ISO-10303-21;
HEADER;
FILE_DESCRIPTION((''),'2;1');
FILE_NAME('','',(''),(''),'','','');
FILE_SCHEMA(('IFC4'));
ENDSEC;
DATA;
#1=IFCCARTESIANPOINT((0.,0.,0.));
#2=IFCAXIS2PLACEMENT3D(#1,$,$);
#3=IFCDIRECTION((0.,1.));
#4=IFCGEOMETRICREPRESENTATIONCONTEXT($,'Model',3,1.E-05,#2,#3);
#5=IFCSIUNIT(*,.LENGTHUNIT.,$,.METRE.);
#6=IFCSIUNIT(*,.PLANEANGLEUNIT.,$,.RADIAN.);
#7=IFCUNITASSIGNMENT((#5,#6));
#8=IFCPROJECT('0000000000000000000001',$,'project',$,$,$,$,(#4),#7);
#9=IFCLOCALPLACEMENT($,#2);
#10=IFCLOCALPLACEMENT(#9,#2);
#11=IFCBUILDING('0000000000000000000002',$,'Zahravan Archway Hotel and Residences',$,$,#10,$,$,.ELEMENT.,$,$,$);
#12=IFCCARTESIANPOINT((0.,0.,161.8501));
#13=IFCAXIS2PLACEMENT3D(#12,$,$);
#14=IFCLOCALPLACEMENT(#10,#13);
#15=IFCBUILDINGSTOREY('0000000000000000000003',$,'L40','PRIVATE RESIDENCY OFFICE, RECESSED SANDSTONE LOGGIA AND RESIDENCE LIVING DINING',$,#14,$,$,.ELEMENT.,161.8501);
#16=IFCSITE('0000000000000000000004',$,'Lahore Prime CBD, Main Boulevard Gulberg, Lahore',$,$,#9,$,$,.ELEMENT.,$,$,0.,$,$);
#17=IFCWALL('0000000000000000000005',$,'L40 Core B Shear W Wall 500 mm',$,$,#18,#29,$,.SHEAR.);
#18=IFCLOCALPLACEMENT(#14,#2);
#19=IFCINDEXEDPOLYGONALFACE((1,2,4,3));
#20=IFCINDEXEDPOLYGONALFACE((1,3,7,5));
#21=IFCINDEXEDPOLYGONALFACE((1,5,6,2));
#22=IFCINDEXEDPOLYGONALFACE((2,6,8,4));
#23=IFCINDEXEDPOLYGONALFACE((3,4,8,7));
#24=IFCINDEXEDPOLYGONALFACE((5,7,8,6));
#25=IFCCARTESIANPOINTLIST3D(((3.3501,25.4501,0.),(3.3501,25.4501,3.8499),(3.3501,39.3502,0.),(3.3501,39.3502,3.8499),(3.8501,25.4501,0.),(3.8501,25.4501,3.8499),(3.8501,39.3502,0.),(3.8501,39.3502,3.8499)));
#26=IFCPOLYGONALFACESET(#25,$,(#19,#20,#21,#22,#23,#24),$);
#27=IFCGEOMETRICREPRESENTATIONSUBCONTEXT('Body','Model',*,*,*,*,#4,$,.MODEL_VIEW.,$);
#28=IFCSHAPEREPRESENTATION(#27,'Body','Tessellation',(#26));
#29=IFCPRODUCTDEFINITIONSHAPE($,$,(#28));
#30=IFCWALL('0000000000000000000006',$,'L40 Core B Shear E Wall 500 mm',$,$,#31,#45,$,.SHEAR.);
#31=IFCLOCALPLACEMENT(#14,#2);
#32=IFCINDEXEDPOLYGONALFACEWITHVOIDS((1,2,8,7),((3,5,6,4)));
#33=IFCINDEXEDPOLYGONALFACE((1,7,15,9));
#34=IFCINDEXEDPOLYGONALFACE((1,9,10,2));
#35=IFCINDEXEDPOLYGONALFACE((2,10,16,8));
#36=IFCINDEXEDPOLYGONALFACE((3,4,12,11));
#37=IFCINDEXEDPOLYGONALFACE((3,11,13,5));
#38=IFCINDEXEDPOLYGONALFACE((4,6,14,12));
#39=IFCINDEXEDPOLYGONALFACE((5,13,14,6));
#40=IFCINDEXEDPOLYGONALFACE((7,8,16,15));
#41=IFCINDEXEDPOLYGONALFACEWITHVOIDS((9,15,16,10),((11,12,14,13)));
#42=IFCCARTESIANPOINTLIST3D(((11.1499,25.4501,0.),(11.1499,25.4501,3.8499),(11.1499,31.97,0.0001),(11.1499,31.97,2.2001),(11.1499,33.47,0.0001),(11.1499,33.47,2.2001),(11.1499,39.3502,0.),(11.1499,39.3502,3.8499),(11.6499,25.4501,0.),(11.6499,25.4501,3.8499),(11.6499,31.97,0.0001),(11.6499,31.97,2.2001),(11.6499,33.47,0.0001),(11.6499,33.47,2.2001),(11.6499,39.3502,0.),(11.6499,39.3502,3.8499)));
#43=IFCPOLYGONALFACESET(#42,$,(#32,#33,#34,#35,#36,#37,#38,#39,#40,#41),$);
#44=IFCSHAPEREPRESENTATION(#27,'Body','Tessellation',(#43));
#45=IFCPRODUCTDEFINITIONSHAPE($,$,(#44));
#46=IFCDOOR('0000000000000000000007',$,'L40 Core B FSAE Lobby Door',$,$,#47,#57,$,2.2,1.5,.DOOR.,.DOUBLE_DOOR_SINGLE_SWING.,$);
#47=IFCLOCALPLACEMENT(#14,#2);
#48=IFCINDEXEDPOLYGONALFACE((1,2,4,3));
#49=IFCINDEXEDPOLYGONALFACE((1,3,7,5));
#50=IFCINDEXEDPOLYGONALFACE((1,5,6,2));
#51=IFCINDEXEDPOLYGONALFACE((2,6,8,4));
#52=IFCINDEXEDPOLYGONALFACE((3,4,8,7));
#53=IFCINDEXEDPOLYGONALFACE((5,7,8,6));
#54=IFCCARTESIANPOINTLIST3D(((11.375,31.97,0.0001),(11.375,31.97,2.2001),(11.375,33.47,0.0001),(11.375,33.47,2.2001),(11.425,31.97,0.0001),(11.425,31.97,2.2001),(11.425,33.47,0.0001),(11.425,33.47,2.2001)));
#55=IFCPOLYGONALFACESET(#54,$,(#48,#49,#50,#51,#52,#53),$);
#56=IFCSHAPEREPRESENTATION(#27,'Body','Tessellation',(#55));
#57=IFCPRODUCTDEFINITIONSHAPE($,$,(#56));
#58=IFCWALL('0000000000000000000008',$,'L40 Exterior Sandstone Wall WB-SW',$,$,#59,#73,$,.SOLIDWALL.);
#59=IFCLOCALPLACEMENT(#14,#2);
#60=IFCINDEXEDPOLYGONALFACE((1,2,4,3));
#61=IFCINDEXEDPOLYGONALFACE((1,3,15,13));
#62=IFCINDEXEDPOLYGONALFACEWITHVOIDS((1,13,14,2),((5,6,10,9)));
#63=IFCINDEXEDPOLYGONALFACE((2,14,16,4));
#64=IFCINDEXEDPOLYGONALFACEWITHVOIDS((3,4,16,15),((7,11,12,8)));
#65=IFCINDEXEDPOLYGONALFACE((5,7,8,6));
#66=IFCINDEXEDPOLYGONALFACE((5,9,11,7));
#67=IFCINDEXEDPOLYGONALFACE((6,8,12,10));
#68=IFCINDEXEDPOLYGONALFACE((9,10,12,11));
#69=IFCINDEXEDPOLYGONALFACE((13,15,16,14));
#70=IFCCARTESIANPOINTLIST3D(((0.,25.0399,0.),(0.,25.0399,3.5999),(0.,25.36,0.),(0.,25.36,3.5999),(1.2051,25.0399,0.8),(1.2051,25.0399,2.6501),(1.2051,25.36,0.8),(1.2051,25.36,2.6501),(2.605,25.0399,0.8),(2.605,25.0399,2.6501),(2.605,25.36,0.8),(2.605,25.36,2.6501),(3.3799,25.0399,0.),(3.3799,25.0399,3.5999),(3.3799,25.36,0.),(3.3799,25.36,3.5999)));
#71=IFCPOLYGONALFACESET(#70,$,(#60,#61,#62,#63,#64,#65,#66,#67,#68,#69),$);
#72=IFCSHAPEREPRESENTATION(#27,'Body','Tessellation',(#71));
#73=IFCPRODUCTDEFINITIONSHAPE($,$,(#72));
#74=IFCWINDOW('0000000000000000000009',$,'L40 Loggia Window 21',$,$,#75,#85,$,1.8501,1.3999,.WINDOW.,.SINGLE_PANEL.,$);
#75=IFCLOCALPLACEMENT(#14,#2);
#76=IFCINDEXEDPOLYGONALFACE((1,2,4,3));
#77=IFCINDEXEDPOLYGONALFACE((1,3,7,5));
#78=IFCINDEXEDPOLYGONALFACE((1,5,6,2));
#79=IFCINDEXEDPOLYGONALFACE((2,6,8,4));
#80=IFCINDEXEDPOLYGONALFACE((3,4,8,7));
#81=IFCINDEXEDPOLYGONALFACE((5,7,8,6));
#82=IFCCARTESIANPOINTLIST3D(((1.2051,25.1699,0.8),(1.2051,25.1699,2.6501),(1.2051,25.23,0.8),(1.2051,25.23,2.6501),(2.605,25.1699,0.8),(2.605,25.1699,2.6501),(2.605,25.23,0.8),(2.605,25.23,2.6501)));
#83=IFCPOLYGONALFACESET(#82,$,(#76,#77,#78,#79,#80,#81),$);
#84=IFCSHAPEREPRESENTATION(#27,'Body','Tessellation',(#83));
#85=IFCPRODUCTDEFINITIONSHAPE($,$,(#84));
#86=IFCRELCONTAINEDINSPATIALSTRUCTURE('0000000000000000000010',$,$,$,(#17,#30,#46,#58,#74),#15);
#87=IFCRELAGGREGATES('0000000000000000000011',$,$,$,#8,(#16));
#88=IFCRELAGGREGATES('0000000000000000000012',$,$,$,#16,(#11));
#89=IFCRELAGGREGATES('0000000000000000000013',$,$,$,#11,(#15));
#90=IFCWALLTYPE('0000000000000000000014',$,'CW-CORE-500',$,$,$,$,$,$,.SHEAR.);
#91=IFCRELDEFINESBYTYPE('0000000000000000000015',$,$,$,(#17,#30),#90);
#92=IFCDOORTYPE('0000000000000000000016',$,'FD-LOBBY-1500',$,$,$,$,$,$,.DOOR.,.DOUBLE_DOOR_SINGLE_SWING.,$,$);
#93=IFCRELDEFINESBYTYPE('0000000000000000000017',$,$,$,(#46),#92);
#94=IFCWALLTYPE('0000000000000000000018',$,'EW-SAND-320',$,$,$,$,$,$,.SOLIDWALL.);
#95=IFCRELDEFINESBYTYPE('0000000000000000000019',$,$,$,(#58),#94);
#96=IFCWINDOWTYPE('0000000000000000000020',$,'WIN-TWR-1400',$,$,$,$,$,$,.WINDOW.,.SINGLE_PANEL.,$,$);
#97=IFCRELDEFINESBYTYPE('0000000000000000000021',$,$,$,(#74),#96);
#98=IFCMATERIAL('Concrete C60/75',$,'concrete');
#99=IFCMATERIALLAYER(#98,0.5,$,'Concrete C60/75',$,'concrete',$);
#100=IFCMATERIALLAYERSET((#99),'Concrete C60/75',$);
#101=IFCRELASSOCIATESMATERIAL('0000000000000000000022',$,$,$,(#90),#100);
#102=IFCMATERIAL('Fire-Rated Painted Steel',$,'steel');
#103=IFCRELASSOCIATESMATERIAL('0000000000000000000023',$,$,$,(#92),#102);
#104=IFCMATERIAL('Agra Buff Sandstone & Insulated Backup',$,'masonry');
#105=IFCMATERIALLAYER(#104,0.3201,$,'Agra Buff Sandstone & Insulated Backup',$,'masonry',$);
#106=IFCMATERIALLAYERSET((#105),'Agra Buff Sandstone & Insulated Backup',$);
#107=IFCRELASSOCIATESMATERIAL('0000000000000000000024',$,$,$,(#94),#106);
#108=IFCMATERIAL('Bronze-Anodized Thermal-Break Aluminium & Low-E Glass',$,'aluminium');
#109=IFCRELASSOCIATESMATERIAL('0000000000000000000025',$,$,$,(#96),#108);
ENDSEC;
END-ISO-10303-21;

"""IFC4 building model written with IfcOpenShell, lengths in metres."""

from ifc_helpers import new_model, si_unit, direction, frame, frame_2d, origin, place, context, subcontext, project, spatial, rectangle, extrude, source, transform, mapped, material, layer, layer_set, type_object, type_shapes, element, fill, save


model = new_model("IFC4")

# Units and contexts
model_context = context("Model", 3, precision=1e-05, world=origin(), true_north=direction((0.0, 1.0)))
body_context = subcontext(model_context, "Body", "Model", "MODEL_VIEW")
ifc_project = project(units=[si_unit("LENGTHUNIT", "METRE"), si_unit("PLANEANGLEUNIT", "RADIAN")], contexts=[model_context])

# Site, building, storey
site_placement = place(None, origin())
site = spatial("IfcSite", under=ifc_project, at=site_placement, Name="Lahore Prime CBD, Main Boulevard Gulberg, Lahore", CompositionType="ELEMENT", RefElevation=0.0)
building_placement = place(site_placement, origin())
building = spatial("IfcBuilding", under=site, at=building_placement, Name="Zahravan Archway Hotel and Residences", CompositionType="ELEMENT")
storey_placement = place(building_placement, frame((0.0, 0.0, 161.8501)))
storey = spatial("IfcBuildingStorey", under=building, at=storey_placement, Name="L40", Description="PRIVATE RESIDENCY OFFICE, RECESSED SANDSTONE LOGGIA AND RESIDENCE LIVING DINING", CompositionType="ELEMENT", Elevation=161.8501)

# Shared definitions
ifc_material_1 = material(Name="Concrete C60/75", Category="concrete")

# Wall
ifc_layer_1 = layer(ifc_material_1, 0.5, Name="Concrete C60/75", Category="concrete")
ifc_layer_set_1 = layer_set([ifc_layer_1], Name="Concrete C60/75")
wall_type_1 = type_object("IfcWallType", Name="CW-CORE-500", PredefinedType="SHEAR", material=ifc_layer_set_1)
wall_1_placement = place(storey_placement, frame((3.6001, 25.45, 0.0), z_axis=(0.0, 0.0, 1.0), x_axis=(0.0, 1.0, 0.0)))
element("IfcWall", 1, at=wall_1_placement, inside=storey, type_object=wall_type_1, Name="L40 Core B Shear W Wall 500 mm", PredefinedType="SHEAR", context=body_context, shape_type="SweptSolid", body=[
    extrude(rectangle(XDim=13.9001, YDim=0.5, at=frame_2d((6.9502, 0.0))), origin(), (0.0, 0.0, 1.0), 3.8499),
])

# Wall, opening, door
wall_2_placement = place(storey_placement, frame((11.3999, 25.45, 0.0), z_axis=(0.0, 0.0, 1.0), x_axis=(0.0, 1.0, 0.0)))
wall_2 = element("IfcWall", 2, at=wall_2_placement, inside=storey, type_object=wall_type_1, Name="L40 Core B Shear E Wall 500 mm", PredefinedType="SHEAR", context=body_context, shape_type="SweptSolid", body=[
    extrude(rectangle(XDim=13.9001, YDim=0.5, at=frame_2d((6.9502, 0.0))), origin(), (0.0, 0.0, 1.0), 3.8499),
])
opening_1_placement = place(wall_2_placement, frame((6.52, 0.0, 0.0)))
opening_1 = element("IfcOpeningElement", 3, at=opening_1_placement, cuts=wall_2, PredefinedType="OPENING", context=body_context, shape_type="SweptSolid", body=[
    extrude(rectangle(XDim=1.5, YDim=2.2, at=frame_2d((0.75, 1.1001))), frame((0.0, 0.26, 0.0), z_axis=(0.0, -1.0, 0.0), x_axis=(1.0, 0.0, 0.0)), (0.0, 0.0, 1.0), 0.52),
])
ifc_material_2 = material(Name="Fire-Rated Painted Steel", Category="steel")
door_type_1 = type_object("IfcDoorType", Name="FD-LOBBY-1500", OperationType="DOUBLE_DOOR_SINGLE_SWING", PredefinedType="DOOR", material=ifc_material_2)
shared_shape_1 = source(origin(), body_context, "Body", "SweptSolid", [
    extrude(rectangle(XDim=1.5, YDim=2.2, at=frame_2d((0.75, 1.1001))), frame((0.0, 0.0249, 0.0), z_axis=(0.0, -1.0, 0.0), x_axis=(1.0, 0.0, 0.0)), (0.0, 0.0, 1.0), 0.05),
])
type_shapes(door_type_1, [shared_shape_1])
door_1_placement = place(opening_1_placement, origin())
door_1 = element("IfcDoor", 4, at=door_1_placement, inside=storey, type_object=door_type_1, Name="L40 Core B FSAE Lobby Door", OperationType="DOUBLE_DOOR_SINGLE_SWING", OverallHeight=2.2, OverallWidth=1.5, PredefinedType="DOOR", context=body_context, shape_type="MappedRepresentation", body=[
    mapped(shared_shape_1, transform((0.0, 0.0, 0.0), scale=1.0)),
])
fill(opening_1, door_1)

# Wall, opening, window
ifc_material_3 = material(Name="Agra Buff Sandstone & Insulated Backup", Category="masonry")
ifc_layer_2 = layer(ifc_material_3, 0.3201, Name="Agra Buff Sandstone & Insulated Backup", Category="masonry")
ifc_layer_set_2 = layer_set([ifc_layer_2], Name="Agra Buff Sandstone & Insulated Backup")
wall_type_2 = type_object("IfcWallType", Name="EW-SAND-320", PredefinedType="SOLIDWALL", material=ifc_layer_set_2)
wall_3_placement = place(storey_placement, frame((0.0, 25.2, 0.0), z_axis=(0.0, 0.0, 1.0), x_axis=(1.0, 0.0, 0.0)))
wall_3 = element("IfcWall", 5, at=wall_3_placement, inside=storey, type_object=wall_type_2, Name="L40 Exterior Sandstone Wall WB-SW", PredefinedType="SOLIDWALL", context=body_context, shape_type="SweptSolid", body=[
    extrude(rectangle(XDim=3.3799, YDim=0.3201, at=frame_2d((1.6899, 0.0))), origin(), (0.0, 0.0, 1.0), 3.5999),
])
opening_2_placement = place(wall_3_placement, frame((1.2051, 0.0, 0.8)))
opening_2 = element("IfcOpeningElement", 6, at=opening_2_placement, cuts=wall_3, PredefinedType="OPENING", context=body_context, shape_type="SweptSolid", body=[
    extrude(rectangle(XDim=1.3999, YDim=1.8501, at=frame_2d((0.7, 0.925))), frame((0.0, 0.1699, 0.0), z_axis=(0.0, -1.0, 0.0), x_axis=(1.0, 0.0, 0.0)), (0.0, 0.0, 1.0), 0.3401),
])
ifc_material_4 = material(Name="Bronze-Anodized Thermal-Break Aluminium & Low-E Glass", Category="aluminium")
window_type_1 = type_object("IfcWindowType", Name="WIN-TWR-1400", PartitioningType="SINGLE_PANEL", PredefinedType="WINDOW", material=ifc_material_4)
shared_shape_2 = source(origin(), body_context, "Body", "SweptSolid", [
    extrude(rectangle(XDim=1.3999, YDim=1.8501, at=frame_2d((0.7, 0.925))), frame((0.0, 0.03, 0.0), z_axis=(0.0, -1.0, 0.0), x_axis=(1.0, 0.0, 0.0)), (0.0, 0.0, 1.0), 0.0601),
])
type_shapes(window_type_1, [shared_shape_2])
window_1_placement = place(opening_2_placement, origin())
window_1 = element("IfcWindow", 7, at=window_1_placement, inside=storey, type_object=window_type_1, Name="L40 Loggia Window 21", OverallHeight=1.8501, OverallWidth=1.3999, PartitioningType="SINGLE_PANEL", PredefinedType="WINDOW", context=body_context, shape_type="MappedRepresentation", body=[
    mapped(shared_shape_2, transform((0.0, 0.0, 0.0), scale=1.0)),
])
fill(opening_2, window_1)

save(model, "model.ifc")
